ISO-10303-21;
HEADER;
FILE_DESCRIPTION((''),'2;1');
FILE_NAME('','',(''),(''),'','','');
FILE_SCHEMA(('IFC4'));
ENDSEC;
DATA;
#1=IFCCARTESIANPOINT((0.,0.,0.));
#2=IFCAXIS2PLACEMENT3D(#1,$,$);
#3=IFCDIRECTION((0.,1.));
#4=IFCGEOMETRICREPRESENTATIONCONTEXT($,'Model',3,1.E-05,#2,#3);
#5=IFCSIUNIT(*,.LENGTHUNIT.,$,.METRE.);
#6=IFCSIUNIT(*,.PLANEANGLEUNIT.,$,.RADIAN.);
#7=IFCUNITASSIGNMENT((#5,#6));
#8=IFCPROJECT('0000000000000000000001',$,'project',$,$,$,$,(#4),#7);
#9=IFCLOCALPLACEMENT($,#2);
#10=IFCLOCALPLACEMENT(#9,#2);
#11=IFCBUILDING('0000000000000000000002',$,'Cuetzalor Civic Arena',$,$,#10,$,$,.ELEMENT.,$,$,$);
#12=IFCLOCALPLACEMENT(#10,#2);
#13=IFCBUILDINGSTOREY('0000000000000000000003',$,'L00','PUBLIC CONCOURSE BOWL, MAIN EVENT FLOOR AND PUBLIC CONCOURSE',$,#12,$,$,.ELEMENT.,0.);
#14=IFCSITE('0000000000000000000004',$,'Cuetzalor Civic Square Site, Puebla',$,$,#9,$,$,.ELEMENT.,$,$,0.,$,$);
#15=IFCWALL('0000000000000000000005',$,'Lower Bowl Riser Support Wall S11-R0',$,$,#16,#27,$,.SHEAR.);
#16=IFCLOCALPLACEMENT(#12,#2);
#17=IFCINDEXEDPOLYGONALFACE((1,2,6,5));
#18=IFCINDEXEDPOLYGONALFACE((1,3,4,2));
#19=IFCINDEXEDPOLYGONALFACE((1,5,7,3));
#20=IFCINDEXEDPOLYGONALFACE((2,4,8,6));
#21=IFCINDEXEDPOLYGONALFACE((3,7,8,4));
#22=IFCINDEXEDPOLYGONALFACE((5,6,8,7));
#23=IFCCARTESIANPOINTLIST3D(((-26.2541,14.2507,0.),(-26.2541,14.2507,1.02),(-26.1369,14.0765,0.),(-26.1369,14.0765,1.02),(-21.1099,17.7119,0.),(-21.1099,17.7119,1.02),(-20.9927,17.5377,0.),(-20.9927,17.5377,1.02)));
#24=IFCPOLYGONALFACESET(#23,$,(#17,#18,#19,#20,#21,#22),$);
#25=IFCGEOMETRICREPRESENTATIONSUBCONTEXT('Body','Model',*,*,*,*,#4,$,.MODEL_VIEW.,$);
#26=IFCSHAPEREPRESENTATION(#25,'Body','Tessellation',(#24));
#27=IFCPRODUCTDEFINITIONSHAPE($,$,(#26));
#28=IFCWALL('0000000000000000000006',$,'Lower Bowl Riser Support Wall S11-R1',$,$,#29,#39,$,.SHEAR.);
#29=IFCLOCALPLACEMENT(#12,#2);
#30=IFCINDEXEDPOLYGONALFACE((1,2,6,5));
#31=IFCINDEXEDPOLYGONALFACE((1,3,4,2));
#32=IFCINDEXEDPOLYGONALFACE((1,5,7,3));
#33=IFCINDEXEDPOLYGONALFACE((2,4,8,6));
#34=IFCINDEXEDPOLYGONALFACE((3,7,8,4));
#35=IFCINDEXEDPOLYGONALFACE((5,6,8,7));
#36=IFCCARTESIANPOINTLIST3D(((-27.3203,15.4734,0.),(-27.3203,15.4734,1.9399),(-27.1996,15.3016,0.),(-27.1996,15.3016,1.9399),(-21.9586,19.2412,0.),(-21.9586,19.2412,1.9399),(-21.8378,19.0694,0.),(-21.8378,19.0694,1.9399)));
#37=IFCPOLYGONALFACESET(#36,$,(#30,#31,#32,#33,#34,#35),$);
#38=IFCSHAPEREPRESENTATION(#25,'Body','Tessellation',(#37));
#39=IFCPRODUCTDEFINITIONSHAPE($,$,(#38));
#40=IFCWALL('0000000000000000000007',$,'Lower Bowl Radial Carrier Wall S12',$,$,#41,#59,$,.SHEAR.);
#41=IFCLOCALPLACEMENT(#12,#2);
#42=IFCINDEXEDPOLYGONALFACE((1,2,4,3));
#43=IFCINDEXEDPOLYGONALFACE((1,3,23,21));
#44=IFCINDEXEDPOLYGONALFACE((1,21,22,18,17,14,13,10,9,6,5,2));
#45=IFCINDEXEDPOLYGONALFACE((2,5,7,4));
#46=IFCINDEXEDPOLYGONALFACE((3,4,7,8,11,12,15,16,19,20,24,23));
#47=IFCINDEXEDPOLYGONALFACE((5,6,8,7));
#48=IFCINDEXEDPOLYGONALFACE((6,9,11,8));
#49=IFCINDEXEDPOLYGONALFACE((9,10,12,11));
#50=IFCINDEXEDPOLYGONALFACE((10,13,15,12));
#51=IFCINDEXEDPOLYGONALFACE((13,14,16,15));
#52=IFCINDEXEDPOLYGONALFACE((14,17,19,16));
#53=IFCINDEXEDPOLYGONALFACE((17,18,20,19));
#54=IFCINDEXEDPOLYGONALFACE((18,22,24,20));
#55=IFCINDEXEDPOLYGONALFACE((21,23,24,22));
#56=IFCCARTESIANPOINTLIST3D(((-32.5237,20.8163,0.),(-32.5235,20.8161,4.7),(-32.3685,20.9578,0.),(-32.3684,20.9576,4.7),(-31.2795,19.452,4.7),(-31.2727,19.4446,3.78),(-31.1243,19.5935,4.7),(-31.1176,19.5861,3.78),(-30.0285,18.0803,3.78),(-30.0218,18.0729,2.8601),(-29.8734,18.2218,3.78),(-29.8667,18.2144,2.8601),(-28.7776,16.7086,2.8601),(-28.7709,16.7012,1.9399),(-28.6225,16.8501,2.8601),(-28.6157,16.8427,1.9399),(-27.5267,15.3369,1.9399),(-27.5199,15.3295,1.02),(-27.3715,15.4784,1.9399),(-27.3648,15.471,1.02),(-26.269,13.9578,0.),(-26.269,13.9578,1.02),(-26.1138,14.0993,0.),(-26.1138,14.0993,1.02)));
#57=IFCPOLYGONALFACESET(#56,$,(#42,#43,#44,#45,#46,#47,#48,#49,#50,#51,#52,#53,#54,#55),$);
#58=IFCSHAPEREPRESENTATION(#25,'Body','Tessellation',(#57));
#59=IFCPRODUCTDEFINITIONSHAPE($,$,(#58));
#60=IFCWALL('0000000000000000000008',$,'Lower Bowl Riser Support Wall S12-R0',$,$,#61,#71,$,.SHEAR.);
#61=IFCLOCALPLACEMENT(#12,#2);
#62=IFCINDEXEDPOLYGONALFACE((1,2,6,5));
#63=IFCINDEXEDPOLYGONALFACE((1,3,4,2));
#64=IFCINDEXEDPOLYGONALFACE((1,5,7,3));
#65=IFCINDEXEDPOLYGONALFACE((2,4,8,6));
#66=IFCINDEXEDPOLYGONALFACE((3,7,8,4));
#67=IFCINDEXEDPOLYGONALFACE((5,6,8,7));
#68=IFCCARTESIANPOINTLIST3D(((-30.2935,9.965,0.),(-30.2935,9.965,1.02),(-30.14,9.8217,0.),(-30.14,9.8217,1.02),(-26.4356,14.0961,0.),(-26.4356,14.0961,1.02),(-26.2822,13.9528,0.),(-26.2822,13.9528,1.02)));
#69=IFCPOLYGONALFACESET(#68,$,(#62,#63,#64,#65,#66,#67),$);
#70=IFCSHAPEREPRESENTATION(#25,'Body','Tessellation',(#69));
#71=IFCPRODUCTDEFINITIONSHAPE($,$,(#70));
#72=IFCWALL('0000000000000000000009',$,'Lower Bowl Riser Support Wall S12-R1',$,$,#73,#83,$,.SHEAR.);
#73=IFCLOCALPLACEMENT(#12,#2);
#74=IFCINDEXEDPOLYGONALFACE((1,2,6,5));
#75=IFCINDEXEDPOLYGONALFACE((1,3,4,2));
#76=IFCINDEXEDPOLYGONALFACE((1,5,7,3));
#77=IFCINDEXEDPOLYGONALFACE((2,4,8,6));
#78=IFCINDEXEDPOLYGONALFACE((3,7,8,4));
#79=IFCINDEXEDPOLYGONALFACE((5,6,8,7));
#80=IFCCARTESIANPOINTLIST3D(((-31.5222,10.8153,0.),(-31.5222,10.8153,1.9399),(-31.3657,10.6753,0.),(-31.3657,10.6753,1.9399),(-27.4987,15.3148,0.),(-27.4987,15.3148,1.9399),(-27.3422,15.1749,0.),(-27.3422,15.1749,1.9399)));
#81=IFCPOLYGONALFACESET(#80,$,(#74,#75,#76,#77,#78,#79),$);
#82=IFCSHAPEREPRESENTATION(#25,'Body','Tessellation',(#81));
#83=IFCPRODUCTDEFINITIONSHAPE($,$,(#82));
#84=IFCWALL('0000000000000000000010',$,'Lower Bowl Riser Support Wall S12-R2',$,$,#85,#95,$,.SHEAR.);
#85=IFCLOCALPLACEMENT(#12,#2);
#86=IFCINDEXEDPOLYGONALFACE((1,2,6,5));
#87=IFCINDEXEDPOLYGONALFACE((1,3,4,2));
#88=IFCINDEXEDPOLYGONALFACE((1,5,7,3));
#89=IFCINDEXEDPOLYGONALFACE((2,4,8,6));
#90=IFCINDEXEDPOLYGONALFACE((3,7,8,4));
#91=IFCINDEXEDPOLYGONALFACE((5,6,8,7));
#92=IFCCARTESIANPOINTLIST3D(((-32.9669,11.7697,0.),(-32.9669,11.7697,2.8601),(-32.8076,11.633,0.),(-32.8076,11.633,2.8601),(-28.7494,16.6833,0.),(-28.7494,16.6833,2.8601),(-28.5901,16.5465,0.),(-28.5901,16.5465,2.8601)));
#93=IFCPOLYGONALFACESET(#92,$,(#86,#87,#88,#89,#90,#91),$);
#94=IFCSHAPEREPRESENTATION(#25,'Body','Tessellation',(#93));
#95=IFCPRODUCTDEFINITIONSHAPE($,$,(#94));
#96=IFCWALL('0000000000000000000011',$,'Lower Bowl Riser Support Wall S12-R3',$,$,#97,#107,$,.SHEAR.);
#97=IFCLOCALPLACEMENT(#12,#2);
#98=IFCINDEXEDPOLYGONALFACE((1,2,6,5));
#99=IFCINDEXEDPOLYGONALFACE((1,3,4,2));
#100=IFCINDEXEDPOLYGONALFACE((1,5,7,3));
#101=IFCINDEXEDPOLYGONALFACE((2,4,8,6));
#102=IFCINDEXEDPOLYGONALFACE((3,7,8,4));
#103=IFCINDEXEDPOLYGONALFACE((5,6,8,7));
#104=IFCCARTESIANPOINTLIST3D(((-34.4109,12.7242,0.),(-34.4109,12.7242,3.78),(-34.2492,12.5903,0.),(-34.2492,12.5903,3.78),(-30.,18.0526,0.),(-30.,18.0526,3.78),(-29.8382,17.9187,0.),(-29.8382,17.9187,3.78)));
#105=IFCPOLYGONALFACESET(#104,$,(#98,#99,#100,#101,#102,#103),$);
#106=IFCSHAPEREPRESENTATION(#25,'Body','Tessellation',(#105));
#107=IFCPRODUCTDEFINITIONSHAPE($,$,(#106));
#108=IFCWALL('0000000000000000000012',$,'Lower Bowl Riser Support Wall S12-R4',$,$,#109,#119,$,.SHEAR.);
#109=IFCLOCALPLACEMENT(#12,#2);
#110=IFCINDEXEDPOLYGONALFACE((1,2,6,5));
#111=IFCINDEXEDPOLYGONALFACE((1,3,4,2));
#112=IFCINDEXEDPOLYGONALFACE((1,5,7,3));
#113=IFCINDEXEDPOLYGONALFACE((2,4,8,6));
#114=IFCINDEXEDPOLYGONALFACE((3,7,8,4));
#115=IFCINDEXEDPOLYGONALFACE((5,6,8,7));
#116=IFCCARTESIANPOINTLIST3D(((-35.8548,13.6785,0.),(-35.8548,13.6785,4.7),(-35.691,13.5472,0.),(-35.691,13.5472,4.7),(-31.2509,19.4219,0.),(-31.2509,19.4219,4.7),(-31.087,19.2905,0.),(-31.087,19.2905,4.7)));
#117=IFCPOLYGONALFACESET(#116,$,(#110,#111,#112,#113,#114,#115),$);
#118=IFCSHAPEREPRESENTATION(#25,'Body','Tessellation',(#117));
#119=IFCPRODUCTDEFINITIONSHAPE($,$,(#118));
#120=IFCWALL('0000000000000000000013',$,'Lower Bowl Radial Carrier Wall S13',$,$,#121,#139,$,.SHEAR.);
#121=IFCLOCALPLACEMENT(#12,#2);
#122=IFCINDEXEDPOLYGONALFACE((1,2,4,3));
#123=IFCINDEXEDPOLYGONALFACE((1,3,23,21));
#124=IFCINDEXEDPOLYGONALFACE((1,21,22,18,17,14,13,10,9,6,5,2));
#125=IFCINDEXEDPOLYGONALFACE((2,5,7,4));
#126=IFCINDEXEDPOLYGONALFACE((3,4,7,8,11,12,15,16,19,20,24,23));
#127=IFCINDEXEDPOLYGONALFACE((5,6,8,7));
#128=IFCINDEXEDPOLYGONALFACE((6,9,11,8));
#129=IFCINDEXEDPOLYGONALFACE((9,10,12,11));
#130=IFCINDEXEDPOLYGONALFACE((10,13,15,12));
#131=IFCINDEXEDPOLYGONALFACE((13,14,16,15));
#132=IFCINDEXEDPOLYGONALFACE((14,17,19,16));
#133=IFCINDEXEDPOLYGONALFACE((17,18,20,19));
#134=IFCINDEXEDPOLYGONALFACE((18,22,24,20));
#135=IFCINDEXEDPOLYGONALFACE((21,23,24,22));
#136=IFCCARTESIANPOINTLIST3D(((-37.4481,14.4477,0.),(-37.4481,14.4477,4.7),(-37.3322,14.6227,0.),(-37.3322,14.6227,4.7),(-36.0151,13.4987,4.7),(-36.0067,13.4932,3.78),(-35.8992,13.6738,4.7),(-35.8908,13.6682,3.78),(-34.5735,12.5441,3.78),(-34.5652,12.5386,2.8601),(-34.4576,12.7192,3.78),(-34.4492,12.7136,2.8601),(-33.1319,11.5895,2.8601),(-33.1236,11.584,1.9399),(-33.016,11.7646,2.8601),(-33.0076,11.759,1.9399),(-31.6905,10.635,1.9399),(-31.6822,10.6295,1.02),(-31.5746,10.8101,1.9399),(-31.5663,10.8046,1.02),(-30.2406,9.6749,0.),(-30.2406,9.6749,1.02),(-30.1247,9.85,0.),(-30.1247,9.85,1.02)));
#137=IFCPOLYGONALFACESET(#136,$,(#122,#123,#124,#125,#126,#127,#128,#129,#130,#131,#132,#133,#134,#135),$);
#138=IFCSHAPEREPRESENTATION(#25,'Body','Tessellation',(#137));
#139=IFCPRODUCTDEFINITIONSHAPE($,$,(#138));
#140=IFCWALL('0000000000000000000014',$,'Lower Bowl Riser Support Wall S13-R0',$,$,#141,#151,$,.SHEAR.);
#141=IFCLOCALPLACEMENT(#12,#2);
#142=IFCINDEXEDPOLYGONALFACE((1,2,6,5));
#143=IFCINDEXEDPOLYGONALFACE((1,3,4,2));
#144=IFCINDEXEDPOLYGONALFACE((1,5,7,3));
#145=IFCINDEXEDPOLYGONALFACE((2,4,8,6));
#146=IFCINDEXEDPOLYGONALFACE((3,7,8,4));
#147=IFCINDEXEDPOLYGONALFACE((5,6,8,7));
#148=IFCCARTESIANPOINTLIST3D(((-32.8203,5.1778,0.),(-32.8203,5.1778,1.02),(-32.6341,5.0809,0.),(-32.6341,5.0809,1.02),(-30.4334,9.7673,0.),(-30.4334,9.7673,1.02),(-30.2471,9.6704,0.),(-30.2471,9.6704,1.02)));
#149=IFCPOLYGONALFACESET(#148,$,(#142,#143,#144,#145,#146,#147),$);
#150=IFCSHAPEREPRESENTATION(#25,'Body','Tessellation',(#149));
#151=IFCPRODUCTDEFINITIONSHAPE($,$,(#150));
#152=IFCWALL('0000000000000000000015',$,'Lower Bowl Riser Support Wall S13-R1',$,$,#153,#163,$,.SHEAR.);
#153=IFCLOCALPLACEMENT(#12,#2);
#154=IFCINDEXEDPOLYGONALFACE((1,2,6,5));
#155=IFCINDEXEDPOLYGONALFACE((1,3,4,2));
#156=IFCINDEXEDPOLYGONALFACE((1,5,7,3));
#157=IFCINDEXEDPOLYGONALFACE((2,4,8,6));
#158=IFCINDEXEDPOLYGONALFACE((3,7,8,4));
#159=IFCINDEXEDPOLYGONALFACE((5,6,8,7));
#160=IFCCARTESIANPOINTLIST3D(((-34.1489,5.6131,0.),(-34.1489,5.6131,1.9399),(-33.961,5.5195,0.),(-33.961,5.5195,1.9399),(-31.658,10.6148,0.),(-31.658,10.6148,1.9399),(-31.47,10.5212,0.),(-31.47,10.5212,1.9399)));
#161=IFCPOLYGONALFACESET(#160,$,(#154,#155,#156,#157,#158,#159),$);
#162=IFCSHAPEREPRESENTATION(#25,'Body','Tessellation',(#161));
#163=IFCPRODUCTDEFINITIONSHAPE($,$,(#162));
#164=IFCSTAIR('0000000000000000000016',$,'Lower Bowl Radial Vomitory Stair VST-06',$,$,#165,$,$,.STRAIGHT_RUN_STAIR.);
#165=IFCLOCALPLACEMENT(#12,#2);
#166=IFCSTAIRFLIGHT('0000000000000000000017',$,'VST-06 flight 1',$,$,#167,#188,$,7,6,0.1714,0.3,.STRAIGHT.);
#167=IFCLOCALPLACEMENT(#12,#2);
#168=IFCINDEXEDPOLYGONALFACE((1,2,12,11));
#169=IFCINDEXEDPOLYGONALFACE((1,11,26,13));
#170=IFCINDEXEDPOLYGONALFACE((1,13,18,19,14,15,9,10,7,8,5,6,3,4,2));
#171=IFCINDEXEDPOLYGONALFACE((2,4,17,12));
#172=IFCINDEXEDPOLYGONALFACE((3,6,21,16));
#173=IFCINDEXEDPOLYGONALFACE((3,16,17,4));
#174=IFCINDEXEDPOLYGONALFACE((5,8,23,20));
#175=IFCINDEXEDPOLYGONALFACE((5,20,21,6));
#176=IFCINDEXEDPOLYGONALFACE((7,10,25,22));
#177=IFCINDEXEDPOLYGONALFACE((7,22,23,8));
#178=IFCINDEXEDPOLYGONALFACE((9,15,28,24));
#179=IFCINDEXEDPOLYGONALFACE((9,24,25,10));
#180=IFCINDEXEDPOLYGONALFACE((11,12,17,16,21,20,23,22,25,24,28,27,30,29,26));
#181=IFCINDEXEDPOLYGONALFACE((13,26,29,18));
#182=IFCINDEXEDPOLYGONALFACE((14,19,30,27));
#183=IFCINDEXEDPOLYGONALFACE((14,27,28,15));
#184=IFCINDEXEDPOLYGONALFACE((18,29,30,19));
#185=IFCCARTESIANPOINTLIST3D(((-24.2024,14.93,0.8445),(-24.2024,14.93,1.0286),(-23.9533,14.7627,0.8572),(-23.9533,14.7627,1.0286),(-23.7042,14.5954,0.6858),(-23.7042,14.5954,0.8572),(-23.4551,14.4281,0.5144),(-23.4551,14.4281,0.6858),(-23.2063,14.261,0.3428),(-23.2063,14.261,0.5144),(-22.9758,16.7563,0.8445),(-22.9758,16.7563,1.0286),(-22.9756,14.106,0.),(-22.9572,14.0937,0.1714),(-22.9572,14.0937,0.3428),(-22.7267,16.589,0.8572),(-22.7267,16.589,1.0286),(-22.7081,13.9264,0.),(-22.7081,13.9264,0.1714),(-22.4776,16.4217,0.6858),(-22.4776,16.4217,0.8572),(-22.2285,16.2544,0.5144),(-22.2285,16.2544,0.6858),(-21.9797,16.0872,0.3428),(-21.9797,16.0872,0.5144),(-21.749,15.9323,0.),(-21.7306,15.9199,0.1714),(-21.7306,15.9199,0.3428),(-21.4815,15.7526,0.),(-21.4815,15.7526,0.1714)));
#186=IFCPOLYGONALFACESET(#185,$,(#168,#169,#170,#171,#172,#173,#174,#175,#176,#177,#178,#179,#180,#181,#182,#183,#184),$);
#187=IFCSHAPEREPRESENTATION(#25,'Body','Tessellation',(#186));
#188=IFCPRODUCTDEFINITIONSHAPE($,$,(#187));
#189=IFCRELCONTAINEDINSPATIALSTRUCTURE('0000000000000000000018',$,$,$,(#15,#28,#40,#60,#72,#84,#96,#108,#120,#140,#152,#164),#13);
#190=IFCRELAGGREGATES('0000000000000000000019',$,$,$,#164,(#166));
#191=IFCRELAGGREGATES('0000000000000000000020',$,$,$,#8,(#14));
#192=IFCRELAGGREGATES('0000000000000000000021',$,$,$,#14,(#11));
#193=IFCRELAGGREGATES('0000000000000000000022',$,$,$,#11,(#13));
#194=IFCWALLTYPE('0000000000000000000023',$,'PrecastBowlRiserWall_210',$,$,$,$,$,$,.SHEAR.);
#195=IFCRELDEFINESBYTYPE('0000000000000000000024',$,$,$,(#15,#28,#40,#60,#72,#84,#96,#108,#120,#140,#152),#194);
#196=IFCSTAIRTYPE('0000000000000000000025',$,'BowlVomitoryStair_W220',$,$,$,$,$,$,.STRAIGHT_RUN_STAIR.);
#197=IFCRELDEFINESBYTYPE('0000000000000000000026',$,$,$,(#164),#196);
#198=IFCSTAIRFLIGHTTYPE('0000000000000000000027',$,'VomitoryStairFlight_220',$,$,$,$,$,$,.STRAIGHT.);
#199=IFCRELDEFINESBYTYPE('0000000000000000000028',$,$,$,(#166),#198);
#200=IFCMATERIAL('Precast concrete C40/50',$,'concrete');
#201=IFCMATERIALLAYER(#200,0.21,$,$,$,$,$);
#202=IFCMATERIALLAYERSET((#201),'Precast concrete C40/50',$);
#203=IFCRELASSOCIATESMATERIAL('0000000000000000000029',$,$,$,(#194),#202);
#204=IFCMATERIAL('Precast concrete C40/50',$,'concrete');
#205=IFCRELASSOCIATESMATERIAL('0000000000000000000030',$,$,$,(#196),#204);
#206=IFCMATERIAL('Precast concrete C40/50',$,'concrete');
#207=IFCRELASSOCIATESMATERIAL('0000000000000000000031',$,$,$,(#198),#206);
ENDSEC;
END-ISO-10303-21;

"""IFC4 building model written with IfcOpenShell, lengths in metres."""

from ifc_helpers import new_model, si_unit, direction, frame, frame_2d, origin, place, context, subcontext, project, spatial, polyline, rectangle, outline, extrude, material, layer, layer_set, type_object, element, aggregate, save


model = new_model("IFC4")

# Units and contexts
model_context = context("Model", 3, precision=1e-05, world=origin(), true_north=direction((0.0, 1.0)))
body_context = subcontext(model_context, "Body", "Model", "MODEL_VIEW")
ifc_project = project(units=[si_unit("LENGTHUNIT", "METRE"), si_unit("PLANEANGLEUNIT", "RADIAN")], contexts=[model_context])

# Site, building, storey
site_placement = place(None, origin())
site = spatial("IfcSite", under=ifc_project, at=site_placement, Name="Cuetzalor Civic Square Site, Puebla", CompositionType="ELEMENT", RefElevation=0.0)
building_placement = place(site_placement, origin())
building = spatial("IfcBuilding", under=site, at=building_placement, Name="Cuetzalor Civic Arena", CompositionType="ELEMENT")
storey_placement = place(building_placement, origin())
storey = spatial("IfcBuildingStorey", under=building, at=storey_placement, Name="L00", Description="PUBLIC CONCOURSE BOWL, MAIN EVENT FLOOR AND PUBLIC CONCOURSE", CompositionType="ELEMENT", Elevation=0.0)

# Walls
ifc_material_1 = material(Name="Precast concrete C40/50", Category="concrete")
ifc_layer = layer(ifc_material_1, 0.21)
ifc_layer_set = layer_set([ifc_layer], Name="Precast concrete C40/50")
wall_type = type_object("IfcWallType", Name="PrecastBowlRiserWall_210", PredefinedType="SHEAR", material=ifc_layer_set)
wall_1_placement = place(storey_placement, frame((-21.0513, 17.6248, 0.0), z_axis=(0.0, 0.0, 1.0), x_axis=(-0.829686, -0.55823, 0.0)))
element("IfcWall", 1, at=wall_1_placement, inside=storey, type_object=wall_type, Name="Lower Bowl Riser Support Wall S11-R0", PredefinedType="SHEAR", context=body_context, shape_type="SweptSolid", body=[
    extrude(rectangle(XDim=6.2002, YDim=0.21, at=frame_2d((3.1001, 0.0))), origin(), (0.0, 0.0, 1.0), 1.02),
])
wall_2_placement = place(storey_placement, frame((-21.8982, 19.1553, 0.0), z_axis=(0.0, 0.0, 1.0), x_axis=(-0.818187, -0.574952, 0.0)))
element("IfcWall", 2, at=wall_2_placement, inside=storey, type_object=wall_type, Name="Lower Bowl Riser Support Wall S11-R1", PredefinedType="SHEAR", context=body_context, shape_type="SweptSolid", body=[
    extrude(rectangle(XDim=6.5532, YDim=0.21, at=frame_2d((3.2766, 0.0))), origin(), (0.0, 0.0, 1.0), 1.9399),
])
wall_3_placement = place(storey_placement, frame((-26.1914, 14.0286, 0.0), z_axis=(0.0, 0.0, 1.0), x_axis=(-0.673836, 0.738881, 0.0)))
element("IfcWall", 3, at=wall_3_placement, inside=storey, type_object=wall_type, Name="Lower Bowl Radial Carrier Wall S12", PredefinedType="SHEAR", context=body_context, shape_type="SweptSolid", body=[
    extrude(outline(polyline([(0.0, 0.0), (9.2822, 0.0), (9.282, 4.7), (7.4358, 4.7), (7.4258, 3.78), (5.5793, 3.78), (5.5693, 2.8601), (3.7229, 2.8601), (3.7129, 1.9399), (1.8665, 1.9399), (1.8564, 1.02), (0.0, 1.02), (0.0, 0.0)])), frame((0.0, 0.105, 0.0), z_axis=(0.0, -1.0, 0.0), x_axis=(1.0, 0.0, 0.0)), (0.0, 0.0, 1.0), 0.21),
])
wall_4_placement = place(storey_placement, frame((-26.3589, 14.0244, 0.0), z_axis=(0.0, 0.0, 1.0), x_axis=(-0.682528, -0.73086, 0.0)))
element("IfcWall", 4, at=wall_4_placement, inside=storey, type_object=wall_type, Name="Lower Bowl Riser Support Wall S12-R0", PredefinedType="SHEAR", context=body_context, shape_type="SweptSolid", body=[
    extrude(rectangle(XDim=5.6523, YDim=0.21, at=frame_2d((2.8262, 0.0))), origin(), (0.0, 0.0, 1.0), 1.02),
])
wall_5_placement = place(storey_placement, frame((-27.4204, 15.2449, 0.0), z_axis=(0.0, 0.0, 1.0), x_axis=(-0.66657, -0.745442, 0.0)))
element("IfcWall", 5, at=wall_5_placement, inside=storey, type_object=wall_type, Name="Lower Bowl Riser Support Wall S12-R1", PredefinedType="SHEAR", context=body_context, shape_type="SweptSolid", body=[
    extrude(rectangle(XDim=6.0361, YDim=0.21, at=frame_2d((3.0181, 0.0))), origin(), (0.0, 0.0, 1.0), 1.9399),
])
wall_6_placement = place(storey_placement, frame((-28.6697, 16.615, 0.0), z_axis=(0.0, 0.0, 1.0), x_axis=(-0.651316, -0.758807, 0.0)))
element("IfcWall", 6, at=wall_6_placement, inside=storey, type_object=wall_type, Name="Lower Bowl Riser Support Wall S12-R2", PredefinedType="SHEAR", context=body_context, shape_type="SweptSolid", body=[
    extrude(rectangle(XDim=6.4753, YDim=0.21, at=frame_2d((3.2378, 0.0))), origin(), (0.0, 0.0, 1.0), 2.8601),
])
wall_7_placement = place(storey_placement, frame((-29.9192, 17.9856, 0.0), z_axis=(0.0, 0.0, 1.0), x_axis=(-0.637671, -0.770309, 0.0)))
element("IfcWall", 7, at=wall_7_placement, inside=storey, type_object=wall_type, Name="Lower Bowl Riser Support Wall S12-R3", PredefinedType="SHEAR", context=body_context, shape_type="SweptSolid", body=[
    extrude(rectangle(XDim=6.9172, YDim=0.21, at=frame_2d((3.4585, 0.0))), origin(), (0.0, 0.0, 1.0), 3.78),
])
wall_8_placement = place(storey_placement, frame((-31.1689, 19.3562, 0.0), z_axis=(0.0, 0.0, 1.0), x_axis=(-0.625463, -0.780254, 0.0)))
element("IfcWall", 8, at=wall_8_placement, inside=storey, type_object=wall_type, Name="Lower Bowl Riser Support Wall S12-R4", PredefinedType="SHEAR", context=body_context, shape_type="SweptSolid", body=[
    extrude(rectangle(XDim=7.3608, YDim=0.21, at=frame_2d((3.6804, 0.0))), origin(), (0.0, 0.0, 1.0), 4.7),
])
wall_9_placement = place(storey_placement, frame((-30.1826, 9.7625, 0.0), z_axis=(0.0, 0.0, 1.0), x_axis=(-0.833771, 0.55211, 0.0)))
element("IfcWall", 9, at=wall_9_placement, inside=storey, type_object=wall_type, Name="Lower Bowl Radial Carrier Wall S13", PredefinedType="SHEAR", context=body_context, shape_type="SweptSolid", body=[
    extrude(outline(polyline([(0.0, 0.0), (8.6445, 0.0), (8.6445, 4.7), (6.9258, 4.7), (6.9158, 3.78), (5.1968, 3.78), (5.1868, 2.8601), (3.4678, 2.8601), (3.4578, 1.9399), (1.739, 1.9399), (1.729, 1.02), (0.0, 1.02), (0.0, 0.0)])), frame((0.0, 0.105, 0.0), z_axis=(0.0, -1.0, 0.0), x_axis=(1.0, 0.0, 0.0)), (0.0, 0.0, 1.0), 0.21),
])
wall_10_placement = place(storey_placement, frame((-30.3403, 9.7188, 0.0), z_axis=(0.0, 0.0, 1.0), x_axis=(-0.461409, -0.887187, 0.0)))
element("IfcWall", 10, at=wall_10_placement, inside=storey, type_object=wall_type, Name="Lower Bowl Riser Support Wall S13-R0", PredefinedType="SHEAR", context=body_context, shape_type="SweptSolid", body=[
    extrude(rectangle(XDim=5.1731, YDim=0.21, at=frame_2d((2.5864, 0.0))), origin(), (0.0, 0.0, 1.0), 1.02),
])
wall_11_placement = place(storey_placement, frame((-31.564, 10.5681, 0.0), z_axis=(0.0, 0.0, 1.0), x_axis=(-0.445797, -0.895134, 0.0)))
element("IfcWall", 11, at=wall_11_placement, inside=storey, type_object=wall_type, Name="Lower Bowl Riser Support Wall S13-R1", PredefinedType="SHEAR", context=body_context, shape_type="SweptSolid", body=[
    extrude(rectangle(XDim=5.5876, YDim=0.21, at=frame_2d((2.7939, 0.0))), origin(), (0.0, 0.0, 1.0), 1.9399),
])

# Stair, stair flight
ifc_material_2 = material(Name="Precast concrete C40/50", Category="concrete")
stair_type = type_object("IfcStairType", Name="BowlVomitoryStair_W220", PredefinedType="STRAIGHT_RUN_STAIR", material=ifc_material_2)
stair_1_placement = place(storey_placement, origin())
stair_1 = element("IfcStair", 12, at=stair_1_placement, inside=storey, type_object=stair_type, Name="Lower Bowl Radial Vomitory Stair VST-06", PredefinedType="STRAIGHT_RUN_STAIR")
ifc_material_3 = material(Name="Precast concrete C40/50", Category="concrete")
stair_flight_type = type_object("IfcStairFlightType", Name="VomitoryStairFlight_220", PredefinedType="STRAIGHT", material=ifc_material_3)
stair_flight_1_placement = place(storey_placement, frame((-22.0947, 14.8396, 0.0), z_axis=(0.0, 0.0, 1.0), x_axis=(-0.830139, 0.557557, 0.0)))
stair_flight_1 = element("IfcStairFlight", 13, at=stair_flight_1_placement, type_object=stair_flight_type, Name="VST-06 flight 1", NumberOfRisers=7, NumberOfTreads=6, PredefinedType="STRAIGHT", RiserHeight=0.1714, TreadLength=0.3, context=body_context, shape_type="SweptSolid", body=[
    extrude(outline(polyline([(0.0, 0.0), (0.0, 0.1714), (0.3, 0.1714), (0.3, 0.3428), (0.6001, 0.3428), (0.6001, 0.5144), (0.8999, 0.5144), (0.8999, 0.6858), (1.2, 0.6858), (1.2, 0.8572), (1.5, 0.8572), (1.5, 1.0286), (1.8, 1.0286), (1.8, 1.2), (1.8, 0.8445), (0.3223, 0.0), (0.0, 0.0)])), frame((0.0, 1.1001, 0.0), z_axis=(0.0, -1.0, 0.0), x_axis=(1.0, 0.0, 0.0)), (0.0, 0.0, 1.0), 2.2),
])
aggregate(stair_1, [stair_flight_1])

save(model, "model.ifc")
